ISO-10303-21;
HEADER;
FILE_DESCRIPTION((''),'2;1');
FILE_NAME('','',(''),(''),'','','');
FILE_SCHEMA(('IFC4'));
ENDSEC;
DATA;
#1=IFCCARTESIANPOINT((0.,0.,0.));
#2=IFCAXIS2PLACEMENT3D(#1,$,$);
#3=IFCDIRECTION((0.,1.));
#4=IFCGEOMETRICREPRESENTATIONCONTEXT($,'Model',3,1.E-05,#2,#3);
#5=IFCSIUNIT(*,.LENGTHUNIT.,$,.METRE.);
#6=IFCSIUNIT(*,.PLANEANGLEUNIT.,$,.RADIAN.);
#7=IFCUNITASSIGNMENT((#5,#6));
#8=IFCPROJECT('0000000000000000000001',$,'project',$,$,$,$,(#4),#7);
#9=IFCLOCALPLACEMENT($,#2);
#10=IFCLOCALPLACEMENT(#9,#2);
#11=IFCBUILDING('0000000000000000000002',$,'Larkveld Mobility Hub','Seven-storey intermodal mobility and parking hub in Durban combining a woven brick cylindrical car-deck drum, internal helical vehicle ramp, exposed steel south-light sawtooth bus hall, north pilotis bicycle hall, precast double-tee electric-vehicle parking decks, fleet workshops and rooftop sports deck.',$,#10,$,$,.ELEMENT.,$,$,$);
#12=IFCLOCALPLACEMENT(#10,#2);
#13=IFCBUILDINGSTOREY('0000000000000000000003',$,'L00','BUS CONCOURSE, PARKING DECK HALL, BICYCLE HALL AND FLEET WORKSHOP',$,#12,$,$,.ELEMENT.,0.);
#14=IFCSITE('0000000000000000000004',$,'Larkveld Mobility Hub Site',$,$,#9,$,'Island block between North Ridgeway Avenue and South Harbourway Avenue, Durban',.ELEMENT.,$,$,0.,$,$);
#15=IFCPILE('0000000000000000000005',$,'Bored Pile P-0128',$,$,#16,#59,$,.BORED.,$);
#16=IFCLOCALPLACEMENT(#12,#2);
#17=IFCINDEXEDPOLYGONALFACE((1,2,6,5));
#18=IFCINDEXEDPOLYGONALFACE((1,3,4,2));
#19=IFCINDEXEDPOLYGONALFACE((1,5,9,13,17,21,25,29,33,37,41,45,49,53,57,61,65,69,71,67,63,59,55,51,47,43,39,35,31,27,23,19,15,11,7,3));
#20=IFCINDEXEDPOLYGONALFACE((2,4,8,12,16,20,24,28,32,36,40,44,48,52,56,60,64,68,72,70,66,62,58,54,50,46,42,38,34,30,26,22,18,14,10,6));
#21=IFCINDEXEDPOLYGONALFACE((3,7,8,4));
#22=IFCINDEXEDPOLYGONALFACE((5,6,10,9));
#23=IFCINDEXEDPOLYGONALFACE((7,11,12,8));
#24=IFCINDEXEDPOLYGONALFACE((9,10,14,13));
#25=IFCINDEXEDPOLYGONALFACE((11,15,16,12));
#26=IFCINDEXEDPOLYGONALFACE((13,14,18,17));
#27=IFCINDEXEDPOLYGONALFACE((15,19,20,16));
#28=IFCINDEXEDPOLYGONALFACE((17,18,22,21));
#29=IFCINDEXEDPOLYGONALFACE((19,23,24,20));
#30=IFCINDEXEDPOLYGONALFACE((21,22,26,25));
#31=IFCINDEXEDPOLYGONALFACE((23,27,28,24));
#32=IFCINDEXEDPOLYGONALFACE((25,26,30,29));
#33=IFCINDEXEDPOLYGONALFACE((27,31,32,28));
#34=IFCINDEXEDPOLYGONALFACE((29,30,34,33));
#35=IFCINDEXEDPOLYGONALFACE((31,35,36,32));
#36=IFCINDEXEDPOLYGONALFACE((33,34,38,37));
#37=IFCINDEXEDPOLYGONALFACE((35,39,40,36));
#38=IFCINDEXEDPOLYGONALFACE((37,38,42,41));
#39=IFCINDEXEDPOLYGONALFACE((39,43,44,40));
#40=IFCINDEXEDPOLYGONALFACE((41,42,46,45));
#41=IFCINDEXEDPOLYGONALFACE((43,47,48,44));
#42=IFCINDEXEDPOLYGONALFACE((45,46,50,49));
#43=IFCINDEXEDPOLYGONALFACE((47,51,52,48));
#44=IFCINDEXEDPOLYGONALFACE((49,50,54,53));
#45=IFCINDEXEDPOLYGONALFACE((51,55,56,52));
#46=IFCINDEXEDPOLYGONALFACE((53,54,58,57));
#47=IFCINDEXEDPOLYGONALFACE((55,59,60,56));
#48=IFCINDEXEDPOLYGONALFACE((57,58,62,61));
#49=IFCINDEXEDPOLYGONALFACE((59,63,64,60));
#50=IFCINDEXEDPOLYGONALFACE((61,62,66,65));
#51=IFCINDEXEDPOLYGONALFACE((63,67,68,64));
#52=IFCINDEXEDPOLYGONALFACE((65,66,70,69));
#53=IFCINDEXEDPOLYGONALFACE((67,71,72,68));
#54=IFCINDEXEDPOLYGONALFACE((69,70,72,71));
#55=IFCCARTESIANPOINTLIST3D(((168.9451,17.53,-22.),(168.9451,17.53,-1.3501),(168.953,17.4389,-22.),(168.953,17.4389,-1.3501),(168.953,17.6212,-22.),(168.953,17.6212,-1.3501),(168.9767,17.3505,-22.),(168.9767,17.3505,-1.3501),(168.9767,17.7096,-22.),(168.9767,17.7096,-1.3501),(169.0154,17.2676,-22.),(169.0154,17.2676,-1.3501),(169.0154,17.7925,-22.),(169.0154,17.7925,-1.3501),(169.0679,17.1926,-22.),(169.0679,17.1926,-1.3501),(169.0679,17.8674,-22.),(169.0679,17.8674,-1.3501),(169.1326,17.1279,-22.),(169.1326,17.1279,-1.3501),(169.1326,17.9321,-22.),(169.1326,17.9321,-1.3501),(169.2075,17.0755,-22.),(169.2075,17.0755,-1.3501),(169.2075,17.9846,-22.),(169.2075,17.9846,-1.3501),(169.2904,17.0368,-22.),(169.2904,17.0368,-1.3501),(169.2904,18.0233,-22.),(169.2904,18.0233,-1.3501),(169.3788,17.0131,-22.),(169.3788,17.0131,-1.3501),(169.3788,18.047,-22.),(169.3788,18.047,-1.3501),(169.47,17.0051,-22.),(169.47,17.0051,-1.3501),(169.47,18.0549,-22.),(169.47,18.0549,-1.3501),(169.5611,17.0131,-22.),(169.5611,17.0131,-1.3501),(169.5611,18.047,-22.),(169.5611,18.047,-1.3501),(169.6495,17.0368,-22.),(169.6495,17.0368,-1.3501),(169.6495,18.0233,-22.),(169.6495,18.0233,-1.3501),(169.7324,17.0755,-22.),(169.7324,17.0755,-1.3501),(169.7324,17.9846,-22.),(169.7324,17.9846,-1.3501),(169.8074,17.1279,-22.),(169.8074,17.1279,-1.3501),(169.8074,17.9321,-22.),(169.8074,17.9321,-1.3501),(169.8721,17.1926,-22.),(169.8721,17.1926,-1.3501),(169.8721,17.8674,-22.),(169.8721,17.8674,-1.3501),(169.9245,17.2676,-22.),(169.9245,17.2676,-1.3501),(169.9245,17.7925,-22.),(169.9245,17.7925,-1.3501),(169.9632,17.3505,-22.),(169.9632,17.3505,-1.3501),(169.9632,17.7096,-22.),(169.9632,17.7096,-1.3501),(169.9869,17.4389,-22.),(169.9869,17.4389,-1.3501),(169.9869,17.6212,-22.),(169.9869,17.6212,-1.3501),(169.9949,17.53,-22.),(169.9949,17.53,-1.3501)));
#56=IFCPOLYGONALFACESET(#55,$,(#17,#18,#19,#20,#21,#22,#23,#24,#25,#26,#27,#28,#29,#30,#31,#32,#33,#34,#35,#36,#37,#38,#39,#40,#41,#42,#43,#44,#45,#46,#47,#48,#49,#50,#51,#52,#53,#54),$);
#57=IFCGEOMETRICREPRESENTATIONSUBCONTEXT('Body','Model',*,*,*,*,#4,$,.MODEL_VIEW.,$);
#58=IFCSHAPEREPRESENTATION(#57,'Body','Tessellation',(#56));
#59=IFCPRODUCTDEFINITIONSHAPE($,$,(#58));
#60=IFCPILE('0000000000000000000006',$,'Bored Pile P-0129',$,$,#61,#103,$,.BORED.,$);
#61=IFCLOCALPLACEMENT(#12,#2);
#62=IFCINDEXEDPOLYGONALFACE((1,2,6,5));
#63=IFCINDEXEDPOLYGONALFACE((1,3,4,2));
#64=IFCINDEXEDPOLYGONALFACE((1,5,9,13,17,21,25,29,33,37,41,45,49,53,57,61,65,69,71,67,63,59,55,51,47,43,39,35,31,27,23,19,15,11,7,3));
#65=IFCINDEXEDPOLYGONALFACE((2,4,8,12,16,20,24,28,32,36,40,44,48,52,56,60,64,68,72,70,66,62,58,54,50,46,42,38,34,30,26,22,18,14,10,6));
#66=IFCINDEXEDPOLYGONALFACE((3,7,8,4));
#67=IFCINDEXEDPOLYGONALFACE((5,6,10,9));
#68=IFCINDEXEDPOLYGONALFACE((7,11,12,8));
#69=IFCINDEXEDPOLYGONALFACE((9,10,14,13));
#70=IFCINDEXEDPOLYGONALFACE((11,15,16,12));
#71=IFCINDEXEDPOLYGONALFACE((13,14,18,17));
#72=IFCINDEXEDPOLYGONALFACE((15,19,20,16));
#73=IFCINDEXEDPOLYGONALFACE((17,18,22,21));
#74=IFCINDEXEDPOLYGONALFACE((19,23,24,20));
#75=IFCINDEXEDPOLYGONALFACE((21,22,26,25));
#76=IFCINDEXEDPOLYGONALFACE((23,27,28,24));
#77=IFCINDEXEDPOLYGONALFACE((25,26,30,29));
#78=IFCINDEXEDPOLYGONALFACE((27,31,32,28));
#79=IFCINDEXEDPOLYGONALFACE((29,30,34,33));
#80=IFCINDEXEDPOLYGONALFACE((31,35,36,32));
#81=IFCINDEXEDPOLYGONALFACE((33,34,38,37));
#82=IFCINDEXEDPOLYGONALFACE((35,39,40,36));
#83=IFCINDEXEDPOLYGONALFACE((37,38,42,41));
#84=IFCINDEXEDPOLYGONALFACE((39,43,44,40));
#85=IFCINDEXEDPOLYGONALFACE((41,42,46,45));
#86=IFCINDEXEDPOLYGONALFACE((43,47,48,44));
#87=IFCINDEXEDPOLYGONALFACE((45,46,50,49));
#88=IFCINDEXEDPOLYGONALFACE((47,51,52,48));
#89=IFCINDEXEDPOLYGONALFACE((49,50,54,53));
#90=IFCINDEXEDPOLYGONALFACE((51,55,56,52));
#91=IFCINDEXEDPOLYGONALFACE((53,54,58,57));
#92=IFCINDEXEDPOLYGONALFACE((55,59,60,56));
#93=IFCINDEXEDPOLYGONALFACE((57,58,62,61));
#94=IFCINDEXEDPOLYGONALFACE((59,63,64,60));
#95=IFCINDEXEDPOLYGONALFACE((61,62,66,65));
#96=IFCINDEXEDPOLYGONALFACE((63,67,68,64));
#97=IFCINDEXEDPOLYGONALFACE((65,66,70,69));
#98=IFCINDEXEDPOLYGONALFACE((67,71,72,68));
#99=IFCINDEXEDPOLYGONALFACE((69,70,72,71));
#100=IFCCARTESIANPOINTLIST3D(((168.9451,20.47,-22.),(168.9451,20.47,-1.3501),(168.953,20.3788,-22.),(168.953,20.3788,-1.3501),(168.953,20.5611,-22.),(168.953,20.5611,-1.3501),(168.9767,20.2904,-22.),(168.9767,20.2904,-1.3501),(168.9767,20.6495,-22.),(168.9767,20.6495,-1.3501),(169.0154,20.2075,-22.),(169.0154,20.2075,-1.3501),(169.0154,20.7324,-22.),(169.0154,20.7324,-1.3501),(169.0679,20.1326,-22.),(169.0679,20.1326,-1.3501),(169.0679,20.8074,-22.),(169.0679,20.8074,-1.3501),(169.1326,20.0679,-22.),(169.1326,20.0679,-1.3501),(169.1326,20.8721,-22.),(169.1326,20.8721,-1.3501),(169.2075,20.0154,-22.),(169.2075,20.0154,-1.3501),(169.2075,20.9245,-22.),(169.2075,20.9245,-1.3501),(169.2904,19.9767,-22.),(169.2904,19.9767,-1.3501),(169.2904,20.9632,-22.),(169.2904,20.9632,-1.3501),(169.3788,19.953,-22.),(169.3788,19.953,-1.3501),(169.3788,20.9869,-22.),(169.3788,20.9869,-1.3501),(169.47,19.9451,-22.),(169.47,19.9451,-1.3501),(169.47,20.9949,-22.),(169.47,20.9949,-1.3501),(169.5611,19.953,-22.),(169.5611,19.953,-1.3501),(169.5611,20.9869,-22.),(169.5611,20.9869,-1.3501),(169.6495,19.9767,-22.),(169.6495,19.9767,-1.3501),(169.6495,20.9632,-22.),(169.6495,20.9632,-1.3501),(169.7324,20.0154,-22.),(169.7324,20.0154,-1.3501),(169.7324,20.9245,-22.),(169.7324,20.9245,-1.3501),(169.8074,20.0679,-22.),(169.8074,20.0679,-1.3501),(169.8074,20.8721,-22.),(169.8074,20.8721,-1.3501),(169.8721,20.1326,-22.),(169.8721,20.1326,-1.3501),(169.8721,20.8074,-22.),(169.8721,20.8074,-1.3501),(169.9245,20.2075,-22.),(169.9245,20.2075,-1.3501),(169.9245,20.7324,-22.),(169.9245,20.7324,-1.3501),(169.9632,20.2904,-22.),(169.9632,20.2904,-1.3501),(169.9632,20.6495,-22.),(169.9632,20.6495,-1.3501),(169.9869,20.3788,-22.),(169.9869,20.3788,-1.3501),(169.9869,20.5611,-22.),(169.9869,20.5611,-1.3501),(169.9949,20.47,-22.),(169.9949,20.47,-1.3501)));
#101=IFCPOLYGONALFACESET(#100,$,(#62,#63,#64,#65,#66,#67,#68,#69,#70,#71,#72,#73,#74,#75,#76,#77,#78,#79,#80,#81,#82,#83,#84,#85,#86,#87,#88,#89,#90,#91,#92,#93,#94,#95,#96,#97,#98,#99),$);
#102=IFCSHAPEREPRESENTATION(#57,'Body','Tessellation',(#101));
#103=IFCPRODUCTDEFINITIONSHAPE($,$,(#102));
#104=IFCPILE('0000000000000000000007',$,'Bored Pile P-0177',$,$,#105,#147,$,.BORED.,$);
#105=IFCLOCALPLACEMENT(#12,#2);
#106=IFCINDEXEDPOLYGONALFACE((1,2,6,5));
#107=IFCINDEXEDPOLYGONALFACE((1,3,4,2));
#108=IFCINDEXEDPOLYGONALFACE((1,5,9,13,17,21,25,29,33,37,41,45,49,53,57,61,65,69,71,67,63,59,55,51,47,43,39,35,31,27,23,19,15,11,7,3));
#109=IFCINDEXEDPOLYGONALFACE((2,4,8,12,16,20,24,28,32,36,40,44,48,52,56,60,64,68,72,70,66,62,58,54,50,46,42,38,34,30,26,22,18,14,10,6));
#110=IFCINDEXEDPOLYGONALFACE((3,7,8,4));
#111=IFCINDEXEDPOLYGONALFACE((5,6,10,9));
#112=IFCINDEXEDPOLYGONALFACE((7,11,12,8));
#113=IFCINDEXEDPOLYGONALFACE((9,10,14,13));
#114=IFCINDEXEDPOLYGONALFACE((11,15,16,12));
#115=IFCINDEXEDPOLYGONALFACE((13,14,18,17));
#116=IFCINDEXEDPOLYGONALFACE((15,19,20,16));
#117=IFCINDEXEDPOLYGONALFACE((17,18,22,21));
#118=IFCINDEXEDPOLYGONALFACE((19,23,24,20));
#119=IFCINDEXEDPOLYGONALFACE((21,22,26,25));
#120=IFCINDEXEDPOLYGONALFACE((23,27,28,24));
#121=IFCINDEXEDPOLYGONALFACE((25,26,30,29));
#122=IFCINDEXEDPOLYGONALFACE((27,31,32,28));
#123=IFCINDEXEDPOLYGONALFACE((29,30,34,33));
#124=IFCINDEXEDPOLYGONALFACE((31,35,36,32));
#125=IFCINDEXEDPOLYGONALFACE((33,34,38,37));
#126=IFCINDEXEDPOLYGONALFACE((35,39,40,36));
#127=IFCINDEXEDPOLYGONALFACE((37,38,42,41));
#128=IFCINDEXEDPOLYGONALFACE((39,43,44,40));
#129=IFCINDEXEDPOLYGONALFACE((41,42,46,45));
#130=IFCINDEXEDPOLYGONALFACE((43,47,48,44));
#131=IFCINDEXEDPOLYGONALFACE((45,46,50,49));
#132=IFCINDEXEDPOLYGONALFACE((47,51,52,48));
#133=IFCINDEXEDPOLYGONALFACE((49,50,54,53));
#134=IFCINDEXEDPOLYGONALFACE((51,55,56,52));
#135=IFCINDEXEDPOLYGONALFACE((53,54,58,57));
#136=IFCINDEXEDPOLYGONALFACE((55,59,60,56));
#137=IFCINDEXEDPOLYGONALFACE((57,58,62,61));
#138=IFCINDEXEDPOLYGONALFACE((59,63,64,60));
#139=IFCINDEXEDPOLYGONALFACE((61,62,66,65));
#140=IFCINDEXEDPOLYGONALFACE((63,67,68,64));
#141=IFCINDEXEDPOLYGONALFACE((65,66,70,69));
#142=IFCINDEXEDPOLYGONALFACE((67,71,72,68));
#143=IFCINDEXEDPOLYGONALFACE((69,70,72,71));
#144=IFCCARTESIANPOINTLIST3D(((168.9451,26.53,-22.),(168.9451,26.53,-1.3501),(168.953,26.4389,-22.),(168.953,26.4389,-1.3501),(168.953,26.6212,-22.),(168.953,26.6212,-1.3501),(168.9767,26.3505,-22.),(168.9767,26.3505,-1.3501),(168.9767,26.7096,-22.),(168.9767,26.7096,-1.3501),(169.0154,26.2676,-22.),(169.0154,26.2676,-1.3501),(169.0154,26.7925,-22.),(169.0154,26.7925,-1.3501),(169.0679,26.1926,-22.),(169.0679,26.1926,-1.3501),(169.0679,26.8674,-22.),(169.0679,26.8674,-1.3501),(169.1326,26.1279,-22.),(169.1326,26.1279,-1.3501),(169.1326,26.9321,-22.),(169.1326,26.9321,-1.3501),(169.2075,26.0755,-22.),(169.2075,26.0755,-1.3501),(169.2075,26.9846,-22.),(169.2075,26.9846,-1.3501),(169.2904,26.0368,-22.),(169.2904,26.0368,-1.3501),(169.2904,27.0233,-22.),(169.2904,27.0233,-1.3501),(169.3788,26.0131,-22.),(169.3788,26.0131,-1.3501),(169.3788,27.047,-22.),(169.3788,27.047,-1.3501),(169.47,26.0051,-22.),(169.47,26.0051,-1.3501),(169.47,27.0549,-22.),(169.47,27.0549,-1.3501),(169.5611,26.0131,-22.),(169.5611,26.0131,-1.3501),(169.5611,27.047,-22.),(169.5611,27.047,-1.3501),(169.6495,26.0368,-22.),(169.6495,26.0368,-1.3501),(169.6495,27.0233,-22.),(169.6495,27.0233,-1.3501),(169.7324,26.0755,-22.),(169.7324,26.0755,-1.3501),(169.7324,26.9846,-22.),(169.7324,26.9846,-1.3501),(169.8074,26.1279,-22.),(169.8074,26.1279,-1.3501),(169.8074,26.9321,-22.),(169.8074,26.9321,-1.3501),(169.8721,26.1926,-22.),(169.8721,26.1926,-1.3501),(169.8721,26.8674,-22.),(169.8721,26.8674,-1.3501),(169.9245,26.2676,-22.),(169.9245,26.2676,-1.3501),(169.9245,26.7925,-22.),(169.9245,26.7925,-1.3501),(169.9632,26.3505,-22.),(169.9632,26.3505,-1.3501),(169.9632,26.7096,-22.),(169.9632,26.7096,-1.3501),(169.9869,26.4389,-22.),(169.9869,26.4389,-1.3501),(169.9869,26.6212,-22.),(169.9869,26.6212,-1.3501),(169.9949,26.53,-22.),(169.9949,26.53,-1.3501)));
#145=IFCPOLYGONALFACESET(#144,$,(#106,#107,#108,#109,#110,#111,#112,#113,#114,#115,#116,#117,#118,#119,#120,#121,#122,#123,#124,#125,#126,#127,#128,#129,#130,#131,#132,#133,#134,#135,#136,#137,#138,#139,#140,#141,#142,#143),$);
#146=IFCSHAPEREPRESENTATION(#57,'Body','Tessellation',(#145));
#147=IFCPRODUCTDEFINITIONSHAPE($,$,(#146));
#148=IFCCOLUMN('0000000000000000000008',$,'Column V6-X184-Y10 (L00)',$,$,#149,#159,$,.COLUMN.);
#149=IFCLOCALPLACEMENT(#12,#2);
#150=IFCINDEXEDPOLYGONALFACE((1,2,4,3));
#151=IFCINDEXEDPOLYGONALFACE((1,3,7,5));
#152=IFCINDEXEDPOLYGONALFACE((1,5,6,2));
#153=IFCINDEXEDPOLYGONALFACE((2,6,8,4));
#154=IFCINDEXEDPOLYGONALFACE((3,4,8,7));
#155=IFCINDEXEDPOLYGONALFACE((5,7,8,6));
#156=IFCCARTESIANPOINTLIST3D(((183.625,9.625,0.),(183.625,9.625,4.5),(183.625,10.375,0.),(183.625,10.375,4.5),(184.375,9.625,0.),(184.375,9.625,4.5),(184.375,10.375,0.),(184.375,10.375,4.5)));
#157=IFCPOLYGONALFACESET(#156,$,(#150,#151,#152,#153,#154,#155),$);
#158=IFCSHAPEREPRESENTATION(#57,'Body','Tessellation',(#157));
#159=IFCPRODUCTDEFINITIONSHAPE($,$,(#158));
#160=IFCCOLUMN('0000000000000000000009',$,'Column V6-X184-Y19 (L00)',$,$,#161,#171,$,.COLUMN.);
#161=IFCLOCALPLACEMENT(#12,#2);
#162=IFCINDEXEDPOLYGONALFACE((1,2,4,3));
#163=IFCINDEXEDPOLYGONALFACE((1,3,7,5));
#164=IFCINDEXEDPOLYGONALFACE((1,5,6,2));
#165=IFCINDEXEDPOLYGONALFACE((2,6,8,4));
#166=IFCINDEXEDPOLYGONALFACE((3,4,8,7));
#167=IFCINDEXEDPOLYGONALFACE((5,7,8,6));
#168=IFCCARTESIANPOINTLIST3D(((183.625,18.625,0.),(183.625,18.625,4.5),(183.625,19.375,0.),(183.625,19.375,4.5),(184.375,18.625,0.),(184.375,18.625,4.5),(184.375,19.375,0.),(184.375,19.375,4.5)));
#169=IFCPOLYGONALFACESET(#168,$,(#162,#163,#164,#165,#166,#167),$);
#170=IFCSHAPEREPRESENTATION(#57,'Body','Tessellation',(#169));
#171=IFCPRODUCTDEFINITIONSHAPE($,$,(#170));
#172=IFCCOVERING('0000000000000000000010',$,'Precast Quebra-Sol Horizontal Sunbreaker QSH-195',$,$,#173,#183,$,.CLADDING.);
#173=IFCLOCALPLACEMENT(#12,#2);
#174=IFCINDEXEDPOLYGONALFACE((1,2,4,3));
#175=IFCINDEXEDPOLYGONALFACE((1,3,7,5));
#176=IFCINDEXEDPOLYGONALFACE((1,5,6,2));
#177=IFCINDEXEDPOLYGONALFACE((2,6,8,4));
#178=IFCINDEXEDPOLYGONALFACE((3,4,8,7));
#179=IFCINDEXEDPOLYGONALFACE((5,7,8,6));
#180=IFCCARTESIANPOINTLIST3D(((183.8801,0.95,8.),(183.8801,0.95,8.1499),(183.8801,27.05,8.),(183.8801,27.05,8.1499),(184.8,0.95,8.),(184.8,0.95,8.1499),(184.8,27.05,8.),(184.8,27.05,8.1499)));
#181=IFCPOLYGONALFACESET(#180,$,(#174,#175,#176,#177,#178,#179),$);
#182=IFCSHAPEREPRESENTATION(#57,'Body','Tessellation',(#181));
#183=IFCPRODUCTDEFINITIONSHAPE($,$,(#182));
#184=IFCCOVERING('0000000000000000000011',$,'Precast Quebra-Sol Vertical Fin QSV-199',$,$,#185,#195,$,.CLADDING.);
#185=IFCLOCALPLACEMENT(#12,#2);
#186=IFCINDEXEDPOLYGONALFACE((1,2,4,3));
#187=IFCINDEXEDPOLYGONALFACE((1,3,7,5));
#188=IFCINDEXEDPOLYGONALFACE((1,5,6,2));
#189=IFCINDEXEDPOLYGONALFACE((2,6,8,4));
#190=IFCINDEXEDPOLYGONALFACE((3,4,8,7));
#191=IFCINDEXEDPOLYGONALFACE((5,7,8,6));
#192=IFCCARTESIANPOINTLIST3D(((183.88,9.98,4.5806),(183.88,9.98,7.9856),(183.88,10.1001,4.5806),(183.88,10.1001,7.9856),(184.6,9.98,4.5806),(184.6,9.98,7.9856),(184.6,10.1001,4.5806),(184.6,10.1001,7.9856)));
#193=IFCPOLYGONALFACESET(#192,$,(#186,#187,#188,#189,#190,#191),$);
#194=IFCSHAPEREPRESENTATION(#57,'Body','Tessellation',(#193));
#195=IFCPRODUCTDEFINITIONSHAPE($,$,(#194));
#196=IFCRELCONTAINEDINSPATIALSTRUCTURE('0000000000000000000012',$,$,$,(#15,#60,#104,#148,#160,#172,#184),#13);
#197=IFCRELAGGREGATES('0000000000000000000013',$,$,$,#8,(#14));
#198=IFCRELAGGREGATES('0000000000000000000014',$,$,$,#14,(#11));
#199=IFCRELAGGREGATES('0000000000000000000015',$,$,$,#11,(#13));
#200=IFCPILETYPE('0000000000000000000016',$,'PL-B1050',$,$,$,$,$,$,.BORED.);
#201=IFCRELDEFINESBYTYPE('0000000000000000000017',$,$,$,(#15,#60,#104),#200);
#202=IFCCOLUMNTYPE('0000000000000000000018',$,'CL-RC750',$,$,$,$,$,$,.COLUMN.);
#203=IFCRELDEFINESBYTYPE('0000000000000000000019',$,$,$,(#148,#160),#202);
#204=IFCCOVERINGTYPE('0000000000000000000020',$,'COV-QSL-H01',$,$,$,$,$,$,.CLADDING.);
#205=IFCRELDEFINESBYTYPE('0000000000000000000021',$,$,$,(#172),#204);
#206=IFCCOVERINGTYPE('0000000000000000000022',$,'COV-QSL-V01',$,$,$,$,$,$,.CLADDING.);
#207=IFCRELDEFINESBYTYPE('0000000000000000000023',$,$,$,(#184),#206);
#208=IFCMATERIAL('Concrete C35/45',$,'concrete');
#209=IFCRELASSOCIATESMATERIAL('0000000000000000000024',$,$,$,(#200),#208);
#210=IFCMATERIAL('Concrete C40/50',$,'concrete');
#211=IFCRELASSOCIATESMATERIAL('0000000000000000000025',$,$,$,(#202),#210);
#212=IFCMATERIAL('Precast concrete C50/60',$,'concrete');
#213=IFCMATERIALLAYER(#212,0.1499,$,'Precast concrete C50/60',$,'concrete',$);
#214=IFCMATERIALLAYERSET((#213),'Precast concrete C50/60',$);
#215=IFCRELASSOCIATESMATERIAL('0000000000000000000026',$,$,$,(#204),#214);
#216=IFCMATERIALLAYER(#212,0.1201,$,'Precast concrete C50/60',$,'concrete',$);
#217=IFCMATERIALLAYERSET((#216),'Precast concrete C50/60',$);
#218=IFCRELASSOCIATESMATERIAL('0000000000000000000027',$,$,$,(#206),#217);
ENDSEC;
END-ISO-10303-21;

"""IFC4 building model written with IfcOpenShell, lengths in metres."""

from ifc_helpers import new_model, si_unit, direction, frame, origin, origin_2d, place, context, subcontext, project, spatial, rectangle, circle, extrude, material, layer, layer_set, material_profile, profile_set, type_object, element, save


model = new_model("IFC4")

# Units and contexts
model_context = context("Model", 3, precision=1e-05, world=origin(), true_north=direction((0.0, 1.0)))
body_context = subcontext(model_context, "Body", "Model", "MODEL_VIEW")
ifc_project = project(units=[si_unit("LENGTHUNIT", "METRE"), si_unit("PLANEANGLEUNIT", "RADIAN")], contexts=[model_context])

# Site, building, storey
site_placement = place(None, origin())
site = spatial("IfcSite", under=ifc_project, at=site_placement, Name="Larkveld Mobility Hub Site", LongName="Island block between North Ridgeway Avenue and South Harbourway Avenue, Durban", CompositionType="ELEMENT", RefElevation=0.0)
building_placement = place(site_placement, origin())
building = spatial("IfcBuilding", under=site, at=building_placement, Name="Larkveld Mobility Hub", Description="Seven-storey intermodal mobility and parking hub in Durban combining a woven brick cylindrical car-deck drum, internal helical vehicle ramp, exposed steel south-light sawtooth bus hall, north pilotis bicycle hall, precast double-tee electric-vehicle parking decks, fleet workshops and rooftop sports deck.", CompositionType="ELEMENT")
storey_placement = place(building_placement, origin())
storey = spatial("IfcBuildingStorey", under=building, at=storey_placement, Name="L00", Description="BUS CONCOURSE, PARKING DECK HALL, BICYCLE HALL AND FLEET WORKSHOP", CompositionType="ELEMENT", Elevation=0.0)

# Shared definitions
ifc_material_1 = material(Name="Concrete C35/45", Category="concrete")

# Piles
ifc_material_profile_1 = material_profile(ifc_material_1, circle(Radius=0.5249, at=origin_2d()), Name="PILE D1050")
ifc_profile_set_1 = profile_set([ifc_material_profile_1], Name="Concrete C35/45")
pile_type_1 = type_object("IfcPileType", Name="PL-B1050", PredefinedType="BORED", material=ifc_profile_set_1)
for number, where, z_axis, x_axis, name in (
    (1, (169.47, 17.53, -1.3501), (0.0, 0.0, -1.0), (1.0, 0.0, 0.0), "Bored Pile P-0128"),
    (2, (169.47, 20.47, -1.3501), (0.0, 0.0, -1.0), (1.0, 0.0, 0.0), "Bored Pile P-0129"),
    (3, (169.47, 26.53, -1.3501), (0.0, 0.0, -1.0), (1.0, 0.0, 0.0), "Bored Pile P-0177"),
):
    element("IfcPile", number, at=place(storey_placement, frame(where, z_axis=z_axis, x_axis=x_axis)), inside=storey, type_object=pile_type_1, Name=name, PredefinedType="BORED", context=body_context, shape_type="SweptSolid", body=[
        extrude(circle(Radius=0.5249, at=origin_2d()), origin(), (0.0, 0.0, 1.0), 20.6499),
    ])

# Columns
ifc_material_2 = material(Name="Concrete C40/50", Category="concrete")
ifc_material_profile_2 = material_profile(ifc_material_2, rectangle(XDim=0.75, YDim=0.75, at=origin_2d()), Name="RC COL 750x750")
ifc_profile_set_2 = profile_set([ifc_material_profile_2], Name="Concrete C40/50")
column_type = type_object("IfcColumnType", Name="CL-RC750", PredefinedType="COLUMN", material=ifc_profile_set_2)
for number, where, z_axis, x_axis, name in (
    (4, (184.0, 10.0, 0.0), (0.0, 0.0, 1.0), (1.0, 0.0, 0.0), "Column V6-X184-Y10 (L00)"),
    (5, (184.0, 19.0, 0.0), (0.0, 0.0, 1.0), (1.0, 0.0, 0.0), "Column V6-X184-Y19 (L00)"),
):
    element("IfcColumn", number, at=place(storey_placement, frame(where, z_axis=z_axis, x_axis=x_axis)), inside=storey, type_object=column_type, Name=name, PredefinedType="COLUMN", context=body_context, shape_type="SweptSolid", body=[
        extrude(rectangle(XDim=0.75, YDim=0.75, at=origin_2d()), origin(), (0.0, 0.0, 1.0), 4.5),
    ])

# Coverings
ifc_material_3 = material(Name="Precast concrete C50/60", Category="concrete")
ifc_layer_1 = layer(ifc_material_3, 0.1499, Name="Precast concrete C50/60", Category="concrete")
ifc_layer_set_1 = layer_set([ifc_layer_1], Name="Precast concrete C50/60")
covering_type_1 = type_object("IfcCoveringType", Name="COV-QSL-H01", PredefinedType="CLADDING", material=ifc_layer_set_1)
covering_placement = place(storey_placement, frame((184.3401, 14.0, 8.0), z_axis=(0.0, 0.0, 1.0), x_axis=(0.0, 1.0, 0.0)))
element("IfcCovering", 6, at=covering_placement, inside=storey, type_object=covering_type_1, Name="Precast Quebra-Sol Horizontal Sunbreaker QSH-195", PredefinedType="CLADDING", context=body_context, shape_type="SweptSolid", body=[
    extrude(rectangle(XDim=26.1001, YDim=0.9199, at=origin_2d()), origin(), (0.0, 0.0, 1.0), 0.1499),
])
ifc_layer_2 = layer(ifc_material_3, 0.1201, Name="Precast concrete C50/60", Category="concrete")
ifc_layer_set_2 = layer_set([ifc_layer_2], Name="Precast concrete C50/60")
covering_type_2 = type_object("IfcCoveringType", Name="COV-QSL-V01", PredefinedType="CLADDING", material=ifc_layer_set_2)
for number, where, z_axis, x_axis, name in (
    (7, (184.24, 10.04, 4.5806), (0.0, 0.0, 1.0), (0.0, 1.0, 0.0), "Precast Quebra-Sol Vertical Fin QSV-199"),
):
    element("IfcCovering", number, at=place(storey_placement, frame(where, z_axis=z_axis, x_axis=x_axis)), inside=storey, type_object=covering_type_2, Name=name, PredefinedType="CLADDING", context=body_context, shape_type="SweptSolid", body=[
        extrude(rectangle(XDim=0.1201, YDim=0.72, at=origin_2d()), origin(), (0.0, 0.0, 1.0), 3.405),
    ])

save(model, "model.ifc")
